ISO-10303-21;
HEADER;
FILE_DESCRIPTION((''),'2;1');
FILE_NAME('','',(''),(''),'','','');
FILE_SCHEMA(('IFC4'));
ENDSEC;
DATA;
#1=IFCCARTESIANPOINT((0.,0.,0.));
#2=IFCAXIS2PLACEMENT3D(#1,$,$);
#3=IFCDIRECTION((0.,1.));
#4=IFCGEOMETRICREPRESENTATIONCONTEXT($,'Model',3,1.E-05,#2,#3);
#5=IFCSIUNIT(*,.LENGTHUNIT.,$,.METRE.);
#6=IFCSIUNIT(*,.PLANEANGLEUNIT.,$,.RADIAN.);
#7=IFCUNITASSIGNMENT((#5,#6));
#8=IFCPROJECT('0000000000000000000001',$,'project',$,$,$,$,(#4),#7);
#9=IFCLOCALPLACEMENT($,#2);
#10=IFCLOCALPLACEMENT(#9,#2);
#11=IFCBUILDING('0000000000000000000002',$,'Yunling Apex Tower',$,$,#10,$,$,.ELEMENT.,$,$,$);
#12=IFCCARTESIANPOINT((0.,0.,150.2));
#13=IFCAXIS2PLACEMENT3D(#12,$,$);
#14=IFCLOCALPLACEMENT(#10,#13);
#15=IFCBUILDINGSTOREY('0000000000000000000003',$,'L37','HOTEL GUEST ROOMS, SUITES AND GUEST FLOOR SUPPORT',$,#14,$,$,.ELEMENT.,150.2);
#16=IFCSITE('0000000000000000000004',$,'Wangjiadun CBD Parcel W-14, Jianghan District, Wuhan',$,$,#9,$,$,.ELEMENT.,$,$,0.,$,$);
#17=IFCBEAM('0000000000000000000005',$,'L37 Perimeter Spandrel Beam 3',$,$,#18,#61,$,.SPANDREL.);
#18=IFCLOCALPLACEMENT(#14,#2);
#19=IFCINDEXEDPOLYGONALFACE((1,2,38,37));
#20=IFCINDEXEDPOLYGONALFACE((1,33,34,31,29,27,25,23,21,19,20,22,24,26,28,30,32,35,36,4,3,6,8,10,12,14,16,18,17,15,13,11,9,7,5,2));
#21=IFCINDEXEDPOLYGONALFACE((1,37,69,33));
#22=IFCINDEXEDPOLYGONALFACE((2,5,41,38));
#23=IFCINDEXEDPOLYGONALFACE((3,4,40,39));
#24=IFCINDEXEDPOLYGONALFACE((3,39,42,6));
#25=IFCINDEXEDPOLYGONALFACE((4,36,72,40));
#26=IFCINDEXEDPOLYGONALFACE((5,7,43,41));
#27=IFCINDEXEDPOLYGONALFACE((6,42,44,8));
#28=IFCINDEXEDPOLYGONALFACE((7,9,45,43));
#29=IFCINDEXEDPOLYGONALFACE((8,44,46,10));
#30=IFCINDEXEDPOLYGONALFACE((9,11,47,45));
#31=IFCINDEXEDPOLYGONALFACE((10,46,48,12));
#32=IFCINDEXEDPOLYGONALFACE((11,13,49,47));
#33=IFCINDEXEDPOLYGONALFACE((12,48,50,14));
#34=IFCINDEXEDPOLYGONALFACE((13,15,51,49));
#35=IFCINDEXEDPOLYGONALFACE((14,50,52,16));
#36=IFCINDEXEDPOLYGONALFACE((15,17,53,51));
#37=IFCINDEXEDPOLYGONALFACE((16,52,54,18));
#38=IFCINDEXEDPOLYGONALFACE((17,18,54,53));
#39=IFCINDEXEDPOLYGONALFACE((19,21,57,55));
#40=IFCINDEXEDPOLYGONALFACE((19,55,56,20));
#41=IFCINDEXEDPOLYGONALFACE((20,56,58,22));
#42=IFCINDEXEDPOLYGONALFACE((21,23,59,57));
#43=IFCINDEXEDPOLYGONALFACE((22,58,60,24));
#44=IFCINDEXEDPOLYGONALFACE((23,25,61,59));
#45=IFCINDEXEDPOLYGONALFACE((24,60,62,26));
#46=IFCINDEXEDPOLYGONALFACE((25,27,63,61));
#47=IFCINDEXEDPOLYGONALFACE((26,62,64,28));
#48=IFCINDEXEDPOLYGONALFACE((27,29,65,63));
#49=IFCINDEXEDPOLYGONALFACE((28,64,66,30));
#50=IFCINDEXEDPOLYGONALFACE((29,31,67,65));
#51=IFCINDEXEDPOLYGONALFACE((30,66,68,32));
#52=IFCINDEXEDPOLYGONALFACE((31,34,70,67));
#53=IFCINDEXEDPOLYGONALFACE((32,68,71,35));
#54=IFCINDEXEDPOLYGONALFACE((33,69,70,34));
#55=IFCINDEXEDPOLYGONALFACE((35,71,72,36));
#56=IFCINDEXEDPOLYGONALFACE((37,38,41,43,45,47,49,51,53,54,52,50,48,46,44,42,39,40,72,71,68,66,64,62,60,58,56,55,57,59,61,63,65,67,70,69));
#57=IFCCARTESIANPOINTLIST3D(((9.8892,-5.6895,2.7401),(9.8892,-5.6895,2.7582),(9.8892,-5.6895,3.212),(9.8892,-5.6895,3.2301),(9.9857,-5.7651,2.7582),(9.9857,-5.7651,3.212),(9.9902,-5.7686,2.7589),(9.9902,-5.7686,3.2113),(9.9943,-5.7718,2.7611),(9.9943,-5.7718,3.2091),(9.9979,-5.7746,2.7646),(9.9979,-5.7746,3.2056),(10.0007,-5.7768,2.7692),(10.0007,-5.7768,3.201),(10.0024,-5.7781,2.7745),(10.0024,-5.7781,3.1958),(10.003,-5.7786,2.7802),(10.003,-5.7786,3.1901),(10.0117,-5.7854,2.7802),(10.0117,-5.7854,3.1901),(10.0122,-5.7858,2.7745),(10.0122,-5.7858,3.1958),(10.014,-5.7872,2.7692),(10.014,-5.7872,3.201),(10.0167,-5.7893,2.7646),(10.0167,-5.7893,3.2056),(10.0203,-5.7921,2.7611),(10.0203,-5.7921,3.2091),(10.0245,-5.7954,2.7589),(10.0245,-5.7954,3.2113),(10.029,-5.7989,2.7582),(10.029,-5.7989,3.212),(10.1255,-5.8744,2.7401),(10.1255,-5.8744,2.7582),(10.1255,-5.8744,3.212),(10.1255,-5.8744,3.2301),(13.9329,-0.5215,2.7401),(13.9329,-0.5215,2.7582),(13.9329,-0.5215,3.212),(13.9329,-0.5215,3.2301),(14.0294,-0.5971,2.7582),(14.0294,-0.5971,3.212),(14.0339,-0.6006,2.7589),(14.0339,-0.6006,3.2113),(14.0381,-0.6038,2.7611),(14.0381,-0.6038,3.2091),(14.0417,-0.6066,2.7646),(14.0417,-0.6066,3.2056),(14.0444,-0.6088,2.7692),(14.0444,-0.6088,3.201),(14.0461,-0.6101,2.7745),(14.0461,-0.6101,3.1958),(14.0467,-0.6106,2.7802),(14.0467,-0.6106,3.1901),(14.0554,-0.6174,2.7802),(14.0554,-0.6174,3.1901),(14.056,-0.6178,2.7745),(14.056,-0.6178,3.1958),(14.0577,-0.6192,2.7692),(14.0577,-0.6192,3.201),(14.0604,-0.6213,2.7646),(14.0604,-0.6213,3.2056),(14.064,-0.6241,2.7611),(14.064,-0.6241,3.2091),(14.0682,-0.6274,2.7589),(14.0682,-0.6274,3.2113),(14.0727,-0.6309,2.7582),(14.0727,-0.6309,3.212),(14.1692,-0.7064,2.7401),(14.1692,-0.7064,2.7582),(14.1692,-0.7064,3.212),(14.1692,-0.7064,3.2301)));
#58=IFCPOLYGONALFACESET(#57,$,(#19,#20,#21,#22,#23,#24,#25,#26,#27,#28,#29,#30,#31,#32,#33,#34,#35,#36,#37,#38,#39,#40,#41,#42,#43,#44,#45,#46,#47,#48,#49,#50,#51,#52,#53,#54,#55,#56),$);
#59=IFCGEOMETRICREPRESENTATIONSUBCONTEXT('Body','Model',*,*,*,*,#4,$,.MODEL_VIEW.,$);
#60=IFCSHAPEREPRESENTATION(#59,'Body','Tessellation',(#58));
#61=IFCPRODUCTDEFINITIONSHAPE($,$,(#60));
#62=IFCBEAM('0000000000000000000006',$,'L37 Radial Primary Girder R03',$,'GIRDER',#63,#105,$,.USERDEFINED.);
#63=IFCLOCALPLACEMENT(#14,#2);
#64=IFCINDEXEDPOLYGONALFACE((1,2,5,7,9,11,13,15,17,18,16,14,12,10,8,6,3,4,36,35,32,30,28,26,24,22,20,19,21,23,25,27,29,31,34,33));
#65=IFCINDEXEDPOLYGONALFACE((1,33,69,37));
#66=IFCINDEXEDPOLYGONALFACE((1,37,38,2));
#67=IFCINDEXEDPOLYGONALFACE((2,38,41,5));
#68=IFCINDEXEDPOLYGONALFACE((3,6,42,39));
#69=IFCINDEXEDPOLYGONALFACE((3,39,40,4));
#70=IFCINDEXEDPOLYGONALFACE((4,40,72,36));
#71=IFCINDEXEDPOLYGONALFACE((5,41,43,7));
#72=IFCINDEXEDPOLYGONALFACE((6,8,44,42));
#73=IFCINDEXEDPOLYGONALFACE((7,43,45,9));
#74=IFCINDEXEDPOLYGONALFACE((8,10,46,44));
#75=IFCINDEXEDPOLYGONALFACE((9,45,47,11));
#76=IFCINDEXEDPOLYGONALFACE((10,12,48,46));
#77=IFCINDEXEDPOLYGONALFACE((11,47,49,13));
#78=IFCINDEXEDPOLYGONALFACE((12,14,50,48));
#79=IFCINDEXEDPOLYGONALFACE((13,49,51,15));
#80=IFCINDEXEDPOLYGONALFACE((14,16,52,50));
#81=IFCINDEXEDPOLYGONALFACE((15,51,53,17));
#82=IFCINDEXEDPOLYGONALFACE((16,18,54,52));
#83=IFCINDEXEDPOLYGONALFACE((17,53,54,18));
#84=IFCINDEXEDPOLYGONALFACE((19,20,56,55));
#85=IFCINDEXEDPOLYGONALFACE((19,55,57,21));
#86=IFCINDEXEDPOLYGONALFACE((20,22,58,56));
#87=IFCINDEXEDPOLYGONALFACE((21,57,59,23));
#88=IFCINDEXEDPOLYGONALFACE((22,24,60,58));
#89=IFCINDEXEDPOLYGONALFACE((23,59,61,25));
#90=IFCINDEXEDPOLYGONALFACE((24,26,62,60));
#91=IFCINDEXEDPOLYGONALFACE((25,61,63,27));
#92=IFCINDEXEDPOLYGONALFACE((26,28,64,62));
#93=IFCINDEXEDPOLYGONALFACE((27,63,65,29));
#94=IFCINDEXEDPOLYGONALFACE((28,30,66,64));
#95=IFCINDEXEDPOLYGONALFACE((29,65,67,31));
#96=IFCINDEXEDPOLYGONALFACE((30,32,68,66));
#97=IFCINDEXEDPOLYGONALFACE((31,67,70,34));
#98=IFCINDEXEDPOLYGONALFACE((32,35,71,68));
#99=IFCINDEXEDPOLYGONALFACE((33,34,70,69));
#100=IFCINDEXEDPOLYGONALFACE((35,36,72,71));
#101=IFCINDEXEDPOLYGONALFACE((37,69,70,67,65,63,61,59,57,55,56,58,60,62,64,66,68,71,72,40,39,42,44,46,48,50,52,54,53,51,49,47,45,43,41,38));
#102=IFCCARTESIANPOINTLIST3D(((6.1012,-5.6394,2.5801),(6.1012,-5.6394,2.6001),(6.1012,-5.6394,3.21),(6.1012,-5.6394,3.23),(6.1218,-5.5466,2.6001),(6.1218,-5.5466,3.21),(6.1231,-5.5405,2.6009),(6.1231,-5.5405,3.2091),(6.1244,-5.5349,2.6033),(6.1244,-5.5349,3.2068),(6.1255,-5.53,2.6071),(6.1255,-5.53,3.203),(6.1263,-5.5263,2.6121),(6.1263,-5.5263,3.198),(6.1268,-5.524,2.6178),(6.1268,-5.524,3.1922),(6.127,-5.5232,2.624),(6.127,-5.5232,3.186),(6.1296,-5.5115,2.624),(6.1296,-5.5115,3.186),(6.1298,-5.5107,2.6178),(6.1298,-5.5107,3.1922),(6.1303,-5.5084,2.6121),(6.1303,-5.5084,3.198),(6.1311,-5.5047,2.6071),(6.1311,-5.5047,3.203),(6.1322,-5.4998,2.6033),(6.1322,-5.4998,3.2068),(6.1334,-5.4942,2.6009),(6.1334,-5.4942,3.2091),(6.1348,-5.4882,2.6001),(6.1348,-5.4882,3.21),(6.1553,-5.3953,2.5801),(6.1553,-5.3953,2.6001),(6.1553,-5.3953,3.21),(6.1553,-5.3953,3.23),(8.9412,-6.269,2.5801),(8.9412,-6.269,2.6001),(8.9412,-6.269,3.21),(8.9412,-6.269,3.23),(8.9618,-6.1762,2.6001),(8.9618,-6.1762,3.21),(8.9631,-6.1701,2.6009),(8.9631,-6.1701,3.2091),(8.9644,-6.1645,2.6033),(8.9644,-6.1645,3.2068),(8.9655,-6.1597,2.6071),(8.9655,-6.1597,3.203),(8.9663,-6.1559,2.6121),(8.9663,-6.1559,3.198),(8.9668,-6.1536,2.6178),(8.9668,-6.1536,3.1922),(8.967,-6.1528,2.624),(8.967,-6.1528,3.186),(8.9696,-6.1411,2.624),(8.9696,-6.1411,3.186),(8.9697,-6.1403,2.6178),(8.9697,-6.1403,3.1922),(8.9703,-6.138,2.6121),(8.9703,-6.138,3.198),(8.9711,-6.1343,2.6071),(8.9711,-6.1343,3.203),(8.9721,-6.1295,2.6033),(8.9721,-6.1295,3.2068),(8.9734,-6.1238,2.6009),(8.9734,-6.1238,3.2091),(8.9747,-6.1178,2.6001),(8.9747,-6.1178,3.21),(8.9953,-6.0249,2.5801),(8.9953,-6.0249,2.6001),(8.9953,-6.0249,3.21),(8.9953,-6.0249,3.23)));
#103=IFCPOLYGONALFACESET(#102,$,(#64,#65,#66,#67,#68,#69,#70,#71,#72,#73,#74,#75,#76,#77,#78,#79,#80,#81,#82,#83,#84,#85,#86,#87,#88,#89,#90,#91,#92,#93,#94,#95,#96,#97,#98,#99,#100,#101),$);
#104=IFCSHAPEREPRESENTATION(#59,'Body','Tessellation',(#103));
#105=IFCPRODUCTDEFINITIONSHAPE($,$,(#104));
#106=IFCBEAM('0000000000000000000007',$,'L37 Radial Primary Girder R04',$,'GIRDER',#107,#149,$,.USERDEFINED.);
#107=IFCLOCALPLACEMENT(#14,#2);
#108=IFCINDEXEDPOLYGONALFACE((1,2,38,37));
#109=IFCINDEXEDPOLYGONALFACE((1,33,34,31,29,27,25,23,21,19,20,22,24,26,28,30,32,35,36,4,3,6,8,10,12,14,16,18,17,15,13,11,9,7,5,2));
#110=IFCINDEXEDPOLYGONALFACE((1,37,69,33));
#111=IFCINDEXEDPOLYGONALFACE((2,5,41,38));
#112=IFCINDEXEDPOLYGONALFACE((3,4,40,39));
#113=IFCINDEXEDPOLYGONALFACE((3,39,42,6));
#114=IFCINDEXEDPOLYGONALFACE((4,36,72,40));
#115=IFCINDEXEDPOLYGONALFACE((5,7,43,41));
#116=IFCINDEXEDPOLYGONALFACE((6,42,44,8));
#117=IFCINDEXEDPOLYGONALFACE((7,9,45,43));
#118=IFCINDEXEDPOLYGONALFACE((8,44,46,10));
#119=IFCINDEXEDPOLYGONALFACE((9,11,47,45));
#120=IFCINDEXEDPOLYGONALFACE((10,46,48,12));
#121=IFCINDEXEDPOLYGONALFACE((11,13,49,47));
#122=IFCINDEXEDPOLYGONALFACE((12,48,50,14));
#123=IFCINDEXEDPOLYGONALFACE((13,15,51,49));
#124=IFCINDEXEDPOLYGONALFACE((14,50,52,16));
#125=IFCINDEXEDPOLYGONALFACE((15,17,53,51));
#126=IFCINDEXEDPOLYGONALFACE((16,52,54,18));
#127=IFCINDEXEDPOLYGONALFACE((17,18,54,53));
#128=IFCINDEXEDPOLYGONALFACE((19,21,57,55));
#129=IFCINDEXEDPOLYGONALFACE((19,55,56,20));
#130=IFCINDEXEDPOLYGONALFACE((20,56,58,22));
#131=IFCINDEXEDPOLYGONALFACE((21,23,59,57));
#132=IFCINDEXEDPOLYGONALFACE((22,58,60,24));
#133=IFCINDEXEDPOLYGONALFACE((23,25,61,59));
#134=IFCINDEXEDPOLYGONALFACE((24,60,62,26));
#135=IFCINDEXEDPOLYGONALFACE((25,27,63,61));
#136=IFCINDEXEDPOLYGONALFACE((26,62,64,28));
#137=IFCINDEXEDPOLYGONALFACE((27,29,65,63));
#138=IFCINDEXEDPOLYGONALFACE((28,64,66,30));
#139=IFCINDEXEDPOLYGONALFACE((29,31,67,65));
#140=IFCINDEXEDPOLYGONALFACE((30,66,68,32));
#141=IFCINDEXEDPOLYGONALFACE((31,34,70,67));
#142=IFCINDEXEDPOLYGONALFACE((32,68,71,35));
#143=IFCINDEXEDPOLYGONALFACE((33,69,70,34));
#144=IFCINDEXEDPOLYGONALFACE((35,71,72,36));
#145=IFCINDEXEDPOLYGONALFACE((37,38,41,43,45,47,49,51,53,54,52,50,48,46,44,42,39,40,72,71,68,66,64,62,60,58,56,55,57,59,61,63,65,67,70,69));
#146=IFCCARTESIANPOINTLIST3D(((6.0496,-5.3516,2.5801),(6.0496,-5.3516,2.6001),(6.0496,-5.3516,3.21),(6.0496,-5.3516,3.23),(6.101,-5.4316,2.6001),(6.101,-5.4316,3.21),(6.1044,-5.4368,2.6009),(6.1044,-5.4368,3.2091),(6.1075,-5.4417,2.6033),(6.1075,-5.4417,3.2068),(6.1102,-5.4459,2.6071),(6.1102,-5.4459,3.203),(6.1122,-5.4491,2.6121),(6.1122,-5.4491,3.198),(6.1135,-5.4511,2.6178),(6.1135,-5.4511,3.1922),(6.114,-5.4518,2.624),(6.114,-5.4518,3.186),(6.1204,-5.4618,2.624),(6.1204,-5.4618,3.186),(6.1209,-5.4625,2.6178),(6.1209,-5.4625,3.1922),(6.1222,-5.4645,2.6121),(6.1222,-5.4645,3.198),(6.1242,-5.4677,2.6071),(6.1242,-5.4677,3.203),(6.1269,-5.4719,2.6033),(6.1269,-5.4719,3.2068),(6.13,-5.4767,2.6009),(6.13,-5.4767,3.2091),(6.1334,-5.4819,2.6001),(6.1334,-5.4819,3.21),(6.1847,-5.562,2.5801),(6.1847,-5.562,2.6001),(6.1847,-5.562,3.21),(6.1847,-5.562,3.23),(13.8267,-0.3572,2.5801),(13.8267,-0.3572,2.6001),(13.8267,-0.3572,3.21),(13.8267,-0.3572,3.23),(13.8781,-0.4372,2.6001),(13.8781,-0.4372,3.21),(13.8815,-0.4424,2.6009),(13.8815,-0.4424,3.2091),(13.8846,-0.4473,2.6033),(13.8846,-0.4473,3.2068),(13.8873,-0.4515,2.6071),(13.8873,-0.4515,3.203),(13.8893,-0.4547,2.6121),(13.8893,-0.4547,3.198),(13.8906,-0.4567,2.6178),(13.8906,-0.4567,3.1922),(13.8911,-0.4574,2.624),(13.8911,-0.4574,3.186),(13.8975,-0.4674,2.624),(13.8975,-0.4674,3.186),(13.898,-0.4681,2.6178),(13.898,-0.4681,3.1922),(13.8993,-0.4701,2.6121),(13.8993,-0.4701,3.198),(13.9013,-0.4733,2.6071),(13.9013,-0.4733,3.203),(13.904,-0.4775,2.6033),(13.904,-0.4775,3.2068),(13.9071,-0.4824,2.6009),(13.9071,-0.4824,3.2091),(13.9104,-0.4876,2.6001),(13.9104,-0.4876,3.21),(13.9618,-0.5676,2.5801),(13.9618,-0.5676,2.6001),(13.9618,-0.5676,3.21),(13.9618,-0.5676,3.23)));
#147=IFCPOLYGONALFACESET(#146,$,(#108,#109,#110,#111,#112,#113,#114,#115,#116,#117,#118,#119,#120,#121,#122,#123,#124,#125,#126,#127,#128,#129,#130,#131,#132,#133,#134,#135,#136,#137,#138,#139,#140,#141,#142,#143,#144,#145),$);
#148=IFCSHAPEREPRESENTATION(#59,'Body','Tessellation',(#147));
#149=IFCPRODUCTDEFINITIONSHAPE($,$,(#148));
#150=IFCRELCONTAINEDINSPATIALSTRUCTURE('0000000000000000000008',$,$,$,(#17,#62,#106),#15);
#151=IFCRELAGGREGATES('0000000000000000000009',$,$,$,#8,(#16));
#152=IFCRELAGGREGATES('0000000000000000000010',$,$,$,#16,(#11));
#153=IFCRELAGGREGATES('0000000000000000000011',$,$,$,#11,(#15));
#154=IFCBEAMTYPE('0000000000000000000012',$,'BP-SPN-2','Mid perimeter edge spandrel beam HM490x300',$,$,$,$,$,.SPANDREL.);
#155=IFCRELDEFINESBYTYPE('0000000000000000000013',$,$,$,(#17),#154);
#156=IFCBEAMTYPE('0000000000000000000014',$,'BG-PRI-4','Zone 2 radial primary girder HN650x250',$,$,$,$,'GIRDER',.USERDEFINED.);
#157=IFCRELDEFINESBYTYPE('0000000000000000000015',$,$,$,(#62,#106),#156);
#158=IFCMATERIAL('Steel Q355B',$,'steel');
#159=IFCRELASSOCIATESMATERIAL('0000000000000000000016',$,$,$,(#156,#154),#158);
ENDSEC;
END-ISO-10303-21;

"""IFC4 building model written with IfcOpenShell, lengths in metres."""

from ifc_helpers import new_model, si_unit, direction, frame, origin, origin_2d, place, context, subcontext, project, spatial, i_section, extrude, source, transform, mapped, material, material_profile, profile_set, type_object, element, save


model = new_model("IFC4")

# Units and contexts
model_context = context("Model", 3, precision=1e-05, world=origin(), true_north=direction((0.0, 1.0)))
body_context = subcontext(model_context, "Body", "Model", "MODEL_VIEW")
ifc_project = project(units=[si_unit("LENGTHUNIT", "METRE"), si_unit("PLANEANGLEUNIT", "RADIAN")], contexts=[model_context])

# Site, building, storey
site_placement = place(None, origin())
site = spatial("IfcSite", under=ifc_project, at=site_placement, Name="Wangjiadun CBD Parcel W-14, Jianghan District, Wuhan", CompositionType="ELEMENT", RefElevation=0.0)
building_placement = place(site_placement, origin())
building = spatial("IfcBuilding", under=site, at=building_placement, Name="Yunling Apex Tower", CompositionType="ELEMENT")
storey_placement = place(building_placement, frame((0.0, 0.0, 150.2)))
storey = spatial("IfcBuildingStorey", under=building, at=storey_placement, Name="L37", Description="HOTEL GUEST ROOMS, SUITES AND GUEST FLOOR SUPPORT", CompositionType="ELEMENT", Elevation=150.2)

# Beams
ifc_material_1 = material(Name="Steel Q355B", Category="steel")
ifc_material_profile_1 = material_profile(ifc_material_1, i_section(OverallWidth=0.25, OverallDepth=0.6499, WebThickness=0.012, FlangeThickness=0.02, FilletRadius=0.0239, at=origin_2d()))
ifc_profile_set_1 = profile_set([ifc_material_profile_1], Name="Steel Q355B")
beam_type_1 = type_object("IfcBeamType", Name="BG-PRI-4", Description="Zone 2 radial primary girder HN650x250", ElementType="GIRDER", PredefinedType="USERDEFINED", material=ifc_profile_set_1)
ifc_material_profile_2 = material_profile(ifc_material_1, i_section(OverallWidth=0.3, OverallDepth=0.49, WebThickness=0.011, FlangeThickness=0.0181, FilletRadius=0.022, at=origin_2d()))
ifc_profile_set_2 = profile_set([ifc_material_profile_2], Name="Steel Q355B")
beam_type_2 = type_object("IfcBeamType", Name="BP-SPN-2", Description="Mid perimeter edge spandrel beam HM490x300", PredefinedType="SPANDREL", material=ifc_profile_set_2)
shared_shape_1 = source(origin(), body_context, "Body", "SweptSolid", [
    extrude(i_section(OverallWidth=0.3, OverallDepth=0.49, WebThickness=0.011, FlangeThickness=0.0181, FilletRadius=0.022, at=origin_2d()), origin(), (0.0, 0.0, 1.0), 6.562),
])
beam_1_placement = place(storey_placement, frame((10.0073, -5.782, 2.9851), z_axis=(0.616233, 0.787564, 0.0), x_axis=(-0.787564, 0.616233, 0.0)))
element("IfcBeam", 1, at=beam_1_placement, inside=storey, type_object=beam_type_2, Name="L37 Perimeter Spandrel Beam 3", PredefinedType="SPANDREL", context=body_context, shape_type="MappedRepresentation", body=[
    mapped(shared_shape_1, transform((0.0, 0.0, 0.0), scale=1.0)),
])
shared_shape_2 = source(origin(), body_context, "Body", "SweptSolid", [
    extrude(i_section(OverallWidth=0.25, OverallDepth=0.6499, WebThickness=0.012, FlangeThickness=0.02, FilletRadius=0.0239, at=origin_2d()), origin(), (0.0, 0.0, 1.0), 2.9089),
])
beam_2_placement = place(storey_placement, frame((8.9683, -6.147, 2.905), z_axis=(-0.976296, 0.216442, 0.0), x_axis=(-0.216442, -0.976296, 0.0)))
element("IfcBeam", 2, at=beam_2_placement, inside=storey, type_object=beam_type_1, Name="L37 Radial Primary Girder R03", ObjectType="GIRDER", PredefinedType="USERDEFINED", context=body_context, shape_type="MappedRepresentation", body=[
    mapped(shared_shape_2, transform((0.0, 0.0, 0.0), scale=1.0)),
])
shared_shape_3 = source(origin(), body_context, "Body", "SweptSolid", [
    extrude(i_section(OverallWidth=0.25, OverallDepth=0.6499, WebThickness=0.012, FlangeThickness=0.02, FilletRadius=0.0239, at=origin_2d()), origin(), (0.0, 0.0, 1.0), 9.2427),
])
beam_3_placement = place(storey_placement, frame((13.8943, -0.4624, 2.905), z_axis=(-0.841433, -0.540361, 0.0), x_axis=(0.540361, -0.841433, 0.0)))
element("IfcBeam", 3, at=beam_3_placement, inside=storey, type_object=beam_type_1, Name="L37 Radial Primary Girder R04", ObjectType="GIRDER", PredefinedType="USERDEFINED", context=body_context, shape_type="MappedRepresentation", body=[
    mapped(shared_shape_3, transform((0.0, 0.0, 0.0), scale=1.0)),
])

save(model, "model.ifc")
